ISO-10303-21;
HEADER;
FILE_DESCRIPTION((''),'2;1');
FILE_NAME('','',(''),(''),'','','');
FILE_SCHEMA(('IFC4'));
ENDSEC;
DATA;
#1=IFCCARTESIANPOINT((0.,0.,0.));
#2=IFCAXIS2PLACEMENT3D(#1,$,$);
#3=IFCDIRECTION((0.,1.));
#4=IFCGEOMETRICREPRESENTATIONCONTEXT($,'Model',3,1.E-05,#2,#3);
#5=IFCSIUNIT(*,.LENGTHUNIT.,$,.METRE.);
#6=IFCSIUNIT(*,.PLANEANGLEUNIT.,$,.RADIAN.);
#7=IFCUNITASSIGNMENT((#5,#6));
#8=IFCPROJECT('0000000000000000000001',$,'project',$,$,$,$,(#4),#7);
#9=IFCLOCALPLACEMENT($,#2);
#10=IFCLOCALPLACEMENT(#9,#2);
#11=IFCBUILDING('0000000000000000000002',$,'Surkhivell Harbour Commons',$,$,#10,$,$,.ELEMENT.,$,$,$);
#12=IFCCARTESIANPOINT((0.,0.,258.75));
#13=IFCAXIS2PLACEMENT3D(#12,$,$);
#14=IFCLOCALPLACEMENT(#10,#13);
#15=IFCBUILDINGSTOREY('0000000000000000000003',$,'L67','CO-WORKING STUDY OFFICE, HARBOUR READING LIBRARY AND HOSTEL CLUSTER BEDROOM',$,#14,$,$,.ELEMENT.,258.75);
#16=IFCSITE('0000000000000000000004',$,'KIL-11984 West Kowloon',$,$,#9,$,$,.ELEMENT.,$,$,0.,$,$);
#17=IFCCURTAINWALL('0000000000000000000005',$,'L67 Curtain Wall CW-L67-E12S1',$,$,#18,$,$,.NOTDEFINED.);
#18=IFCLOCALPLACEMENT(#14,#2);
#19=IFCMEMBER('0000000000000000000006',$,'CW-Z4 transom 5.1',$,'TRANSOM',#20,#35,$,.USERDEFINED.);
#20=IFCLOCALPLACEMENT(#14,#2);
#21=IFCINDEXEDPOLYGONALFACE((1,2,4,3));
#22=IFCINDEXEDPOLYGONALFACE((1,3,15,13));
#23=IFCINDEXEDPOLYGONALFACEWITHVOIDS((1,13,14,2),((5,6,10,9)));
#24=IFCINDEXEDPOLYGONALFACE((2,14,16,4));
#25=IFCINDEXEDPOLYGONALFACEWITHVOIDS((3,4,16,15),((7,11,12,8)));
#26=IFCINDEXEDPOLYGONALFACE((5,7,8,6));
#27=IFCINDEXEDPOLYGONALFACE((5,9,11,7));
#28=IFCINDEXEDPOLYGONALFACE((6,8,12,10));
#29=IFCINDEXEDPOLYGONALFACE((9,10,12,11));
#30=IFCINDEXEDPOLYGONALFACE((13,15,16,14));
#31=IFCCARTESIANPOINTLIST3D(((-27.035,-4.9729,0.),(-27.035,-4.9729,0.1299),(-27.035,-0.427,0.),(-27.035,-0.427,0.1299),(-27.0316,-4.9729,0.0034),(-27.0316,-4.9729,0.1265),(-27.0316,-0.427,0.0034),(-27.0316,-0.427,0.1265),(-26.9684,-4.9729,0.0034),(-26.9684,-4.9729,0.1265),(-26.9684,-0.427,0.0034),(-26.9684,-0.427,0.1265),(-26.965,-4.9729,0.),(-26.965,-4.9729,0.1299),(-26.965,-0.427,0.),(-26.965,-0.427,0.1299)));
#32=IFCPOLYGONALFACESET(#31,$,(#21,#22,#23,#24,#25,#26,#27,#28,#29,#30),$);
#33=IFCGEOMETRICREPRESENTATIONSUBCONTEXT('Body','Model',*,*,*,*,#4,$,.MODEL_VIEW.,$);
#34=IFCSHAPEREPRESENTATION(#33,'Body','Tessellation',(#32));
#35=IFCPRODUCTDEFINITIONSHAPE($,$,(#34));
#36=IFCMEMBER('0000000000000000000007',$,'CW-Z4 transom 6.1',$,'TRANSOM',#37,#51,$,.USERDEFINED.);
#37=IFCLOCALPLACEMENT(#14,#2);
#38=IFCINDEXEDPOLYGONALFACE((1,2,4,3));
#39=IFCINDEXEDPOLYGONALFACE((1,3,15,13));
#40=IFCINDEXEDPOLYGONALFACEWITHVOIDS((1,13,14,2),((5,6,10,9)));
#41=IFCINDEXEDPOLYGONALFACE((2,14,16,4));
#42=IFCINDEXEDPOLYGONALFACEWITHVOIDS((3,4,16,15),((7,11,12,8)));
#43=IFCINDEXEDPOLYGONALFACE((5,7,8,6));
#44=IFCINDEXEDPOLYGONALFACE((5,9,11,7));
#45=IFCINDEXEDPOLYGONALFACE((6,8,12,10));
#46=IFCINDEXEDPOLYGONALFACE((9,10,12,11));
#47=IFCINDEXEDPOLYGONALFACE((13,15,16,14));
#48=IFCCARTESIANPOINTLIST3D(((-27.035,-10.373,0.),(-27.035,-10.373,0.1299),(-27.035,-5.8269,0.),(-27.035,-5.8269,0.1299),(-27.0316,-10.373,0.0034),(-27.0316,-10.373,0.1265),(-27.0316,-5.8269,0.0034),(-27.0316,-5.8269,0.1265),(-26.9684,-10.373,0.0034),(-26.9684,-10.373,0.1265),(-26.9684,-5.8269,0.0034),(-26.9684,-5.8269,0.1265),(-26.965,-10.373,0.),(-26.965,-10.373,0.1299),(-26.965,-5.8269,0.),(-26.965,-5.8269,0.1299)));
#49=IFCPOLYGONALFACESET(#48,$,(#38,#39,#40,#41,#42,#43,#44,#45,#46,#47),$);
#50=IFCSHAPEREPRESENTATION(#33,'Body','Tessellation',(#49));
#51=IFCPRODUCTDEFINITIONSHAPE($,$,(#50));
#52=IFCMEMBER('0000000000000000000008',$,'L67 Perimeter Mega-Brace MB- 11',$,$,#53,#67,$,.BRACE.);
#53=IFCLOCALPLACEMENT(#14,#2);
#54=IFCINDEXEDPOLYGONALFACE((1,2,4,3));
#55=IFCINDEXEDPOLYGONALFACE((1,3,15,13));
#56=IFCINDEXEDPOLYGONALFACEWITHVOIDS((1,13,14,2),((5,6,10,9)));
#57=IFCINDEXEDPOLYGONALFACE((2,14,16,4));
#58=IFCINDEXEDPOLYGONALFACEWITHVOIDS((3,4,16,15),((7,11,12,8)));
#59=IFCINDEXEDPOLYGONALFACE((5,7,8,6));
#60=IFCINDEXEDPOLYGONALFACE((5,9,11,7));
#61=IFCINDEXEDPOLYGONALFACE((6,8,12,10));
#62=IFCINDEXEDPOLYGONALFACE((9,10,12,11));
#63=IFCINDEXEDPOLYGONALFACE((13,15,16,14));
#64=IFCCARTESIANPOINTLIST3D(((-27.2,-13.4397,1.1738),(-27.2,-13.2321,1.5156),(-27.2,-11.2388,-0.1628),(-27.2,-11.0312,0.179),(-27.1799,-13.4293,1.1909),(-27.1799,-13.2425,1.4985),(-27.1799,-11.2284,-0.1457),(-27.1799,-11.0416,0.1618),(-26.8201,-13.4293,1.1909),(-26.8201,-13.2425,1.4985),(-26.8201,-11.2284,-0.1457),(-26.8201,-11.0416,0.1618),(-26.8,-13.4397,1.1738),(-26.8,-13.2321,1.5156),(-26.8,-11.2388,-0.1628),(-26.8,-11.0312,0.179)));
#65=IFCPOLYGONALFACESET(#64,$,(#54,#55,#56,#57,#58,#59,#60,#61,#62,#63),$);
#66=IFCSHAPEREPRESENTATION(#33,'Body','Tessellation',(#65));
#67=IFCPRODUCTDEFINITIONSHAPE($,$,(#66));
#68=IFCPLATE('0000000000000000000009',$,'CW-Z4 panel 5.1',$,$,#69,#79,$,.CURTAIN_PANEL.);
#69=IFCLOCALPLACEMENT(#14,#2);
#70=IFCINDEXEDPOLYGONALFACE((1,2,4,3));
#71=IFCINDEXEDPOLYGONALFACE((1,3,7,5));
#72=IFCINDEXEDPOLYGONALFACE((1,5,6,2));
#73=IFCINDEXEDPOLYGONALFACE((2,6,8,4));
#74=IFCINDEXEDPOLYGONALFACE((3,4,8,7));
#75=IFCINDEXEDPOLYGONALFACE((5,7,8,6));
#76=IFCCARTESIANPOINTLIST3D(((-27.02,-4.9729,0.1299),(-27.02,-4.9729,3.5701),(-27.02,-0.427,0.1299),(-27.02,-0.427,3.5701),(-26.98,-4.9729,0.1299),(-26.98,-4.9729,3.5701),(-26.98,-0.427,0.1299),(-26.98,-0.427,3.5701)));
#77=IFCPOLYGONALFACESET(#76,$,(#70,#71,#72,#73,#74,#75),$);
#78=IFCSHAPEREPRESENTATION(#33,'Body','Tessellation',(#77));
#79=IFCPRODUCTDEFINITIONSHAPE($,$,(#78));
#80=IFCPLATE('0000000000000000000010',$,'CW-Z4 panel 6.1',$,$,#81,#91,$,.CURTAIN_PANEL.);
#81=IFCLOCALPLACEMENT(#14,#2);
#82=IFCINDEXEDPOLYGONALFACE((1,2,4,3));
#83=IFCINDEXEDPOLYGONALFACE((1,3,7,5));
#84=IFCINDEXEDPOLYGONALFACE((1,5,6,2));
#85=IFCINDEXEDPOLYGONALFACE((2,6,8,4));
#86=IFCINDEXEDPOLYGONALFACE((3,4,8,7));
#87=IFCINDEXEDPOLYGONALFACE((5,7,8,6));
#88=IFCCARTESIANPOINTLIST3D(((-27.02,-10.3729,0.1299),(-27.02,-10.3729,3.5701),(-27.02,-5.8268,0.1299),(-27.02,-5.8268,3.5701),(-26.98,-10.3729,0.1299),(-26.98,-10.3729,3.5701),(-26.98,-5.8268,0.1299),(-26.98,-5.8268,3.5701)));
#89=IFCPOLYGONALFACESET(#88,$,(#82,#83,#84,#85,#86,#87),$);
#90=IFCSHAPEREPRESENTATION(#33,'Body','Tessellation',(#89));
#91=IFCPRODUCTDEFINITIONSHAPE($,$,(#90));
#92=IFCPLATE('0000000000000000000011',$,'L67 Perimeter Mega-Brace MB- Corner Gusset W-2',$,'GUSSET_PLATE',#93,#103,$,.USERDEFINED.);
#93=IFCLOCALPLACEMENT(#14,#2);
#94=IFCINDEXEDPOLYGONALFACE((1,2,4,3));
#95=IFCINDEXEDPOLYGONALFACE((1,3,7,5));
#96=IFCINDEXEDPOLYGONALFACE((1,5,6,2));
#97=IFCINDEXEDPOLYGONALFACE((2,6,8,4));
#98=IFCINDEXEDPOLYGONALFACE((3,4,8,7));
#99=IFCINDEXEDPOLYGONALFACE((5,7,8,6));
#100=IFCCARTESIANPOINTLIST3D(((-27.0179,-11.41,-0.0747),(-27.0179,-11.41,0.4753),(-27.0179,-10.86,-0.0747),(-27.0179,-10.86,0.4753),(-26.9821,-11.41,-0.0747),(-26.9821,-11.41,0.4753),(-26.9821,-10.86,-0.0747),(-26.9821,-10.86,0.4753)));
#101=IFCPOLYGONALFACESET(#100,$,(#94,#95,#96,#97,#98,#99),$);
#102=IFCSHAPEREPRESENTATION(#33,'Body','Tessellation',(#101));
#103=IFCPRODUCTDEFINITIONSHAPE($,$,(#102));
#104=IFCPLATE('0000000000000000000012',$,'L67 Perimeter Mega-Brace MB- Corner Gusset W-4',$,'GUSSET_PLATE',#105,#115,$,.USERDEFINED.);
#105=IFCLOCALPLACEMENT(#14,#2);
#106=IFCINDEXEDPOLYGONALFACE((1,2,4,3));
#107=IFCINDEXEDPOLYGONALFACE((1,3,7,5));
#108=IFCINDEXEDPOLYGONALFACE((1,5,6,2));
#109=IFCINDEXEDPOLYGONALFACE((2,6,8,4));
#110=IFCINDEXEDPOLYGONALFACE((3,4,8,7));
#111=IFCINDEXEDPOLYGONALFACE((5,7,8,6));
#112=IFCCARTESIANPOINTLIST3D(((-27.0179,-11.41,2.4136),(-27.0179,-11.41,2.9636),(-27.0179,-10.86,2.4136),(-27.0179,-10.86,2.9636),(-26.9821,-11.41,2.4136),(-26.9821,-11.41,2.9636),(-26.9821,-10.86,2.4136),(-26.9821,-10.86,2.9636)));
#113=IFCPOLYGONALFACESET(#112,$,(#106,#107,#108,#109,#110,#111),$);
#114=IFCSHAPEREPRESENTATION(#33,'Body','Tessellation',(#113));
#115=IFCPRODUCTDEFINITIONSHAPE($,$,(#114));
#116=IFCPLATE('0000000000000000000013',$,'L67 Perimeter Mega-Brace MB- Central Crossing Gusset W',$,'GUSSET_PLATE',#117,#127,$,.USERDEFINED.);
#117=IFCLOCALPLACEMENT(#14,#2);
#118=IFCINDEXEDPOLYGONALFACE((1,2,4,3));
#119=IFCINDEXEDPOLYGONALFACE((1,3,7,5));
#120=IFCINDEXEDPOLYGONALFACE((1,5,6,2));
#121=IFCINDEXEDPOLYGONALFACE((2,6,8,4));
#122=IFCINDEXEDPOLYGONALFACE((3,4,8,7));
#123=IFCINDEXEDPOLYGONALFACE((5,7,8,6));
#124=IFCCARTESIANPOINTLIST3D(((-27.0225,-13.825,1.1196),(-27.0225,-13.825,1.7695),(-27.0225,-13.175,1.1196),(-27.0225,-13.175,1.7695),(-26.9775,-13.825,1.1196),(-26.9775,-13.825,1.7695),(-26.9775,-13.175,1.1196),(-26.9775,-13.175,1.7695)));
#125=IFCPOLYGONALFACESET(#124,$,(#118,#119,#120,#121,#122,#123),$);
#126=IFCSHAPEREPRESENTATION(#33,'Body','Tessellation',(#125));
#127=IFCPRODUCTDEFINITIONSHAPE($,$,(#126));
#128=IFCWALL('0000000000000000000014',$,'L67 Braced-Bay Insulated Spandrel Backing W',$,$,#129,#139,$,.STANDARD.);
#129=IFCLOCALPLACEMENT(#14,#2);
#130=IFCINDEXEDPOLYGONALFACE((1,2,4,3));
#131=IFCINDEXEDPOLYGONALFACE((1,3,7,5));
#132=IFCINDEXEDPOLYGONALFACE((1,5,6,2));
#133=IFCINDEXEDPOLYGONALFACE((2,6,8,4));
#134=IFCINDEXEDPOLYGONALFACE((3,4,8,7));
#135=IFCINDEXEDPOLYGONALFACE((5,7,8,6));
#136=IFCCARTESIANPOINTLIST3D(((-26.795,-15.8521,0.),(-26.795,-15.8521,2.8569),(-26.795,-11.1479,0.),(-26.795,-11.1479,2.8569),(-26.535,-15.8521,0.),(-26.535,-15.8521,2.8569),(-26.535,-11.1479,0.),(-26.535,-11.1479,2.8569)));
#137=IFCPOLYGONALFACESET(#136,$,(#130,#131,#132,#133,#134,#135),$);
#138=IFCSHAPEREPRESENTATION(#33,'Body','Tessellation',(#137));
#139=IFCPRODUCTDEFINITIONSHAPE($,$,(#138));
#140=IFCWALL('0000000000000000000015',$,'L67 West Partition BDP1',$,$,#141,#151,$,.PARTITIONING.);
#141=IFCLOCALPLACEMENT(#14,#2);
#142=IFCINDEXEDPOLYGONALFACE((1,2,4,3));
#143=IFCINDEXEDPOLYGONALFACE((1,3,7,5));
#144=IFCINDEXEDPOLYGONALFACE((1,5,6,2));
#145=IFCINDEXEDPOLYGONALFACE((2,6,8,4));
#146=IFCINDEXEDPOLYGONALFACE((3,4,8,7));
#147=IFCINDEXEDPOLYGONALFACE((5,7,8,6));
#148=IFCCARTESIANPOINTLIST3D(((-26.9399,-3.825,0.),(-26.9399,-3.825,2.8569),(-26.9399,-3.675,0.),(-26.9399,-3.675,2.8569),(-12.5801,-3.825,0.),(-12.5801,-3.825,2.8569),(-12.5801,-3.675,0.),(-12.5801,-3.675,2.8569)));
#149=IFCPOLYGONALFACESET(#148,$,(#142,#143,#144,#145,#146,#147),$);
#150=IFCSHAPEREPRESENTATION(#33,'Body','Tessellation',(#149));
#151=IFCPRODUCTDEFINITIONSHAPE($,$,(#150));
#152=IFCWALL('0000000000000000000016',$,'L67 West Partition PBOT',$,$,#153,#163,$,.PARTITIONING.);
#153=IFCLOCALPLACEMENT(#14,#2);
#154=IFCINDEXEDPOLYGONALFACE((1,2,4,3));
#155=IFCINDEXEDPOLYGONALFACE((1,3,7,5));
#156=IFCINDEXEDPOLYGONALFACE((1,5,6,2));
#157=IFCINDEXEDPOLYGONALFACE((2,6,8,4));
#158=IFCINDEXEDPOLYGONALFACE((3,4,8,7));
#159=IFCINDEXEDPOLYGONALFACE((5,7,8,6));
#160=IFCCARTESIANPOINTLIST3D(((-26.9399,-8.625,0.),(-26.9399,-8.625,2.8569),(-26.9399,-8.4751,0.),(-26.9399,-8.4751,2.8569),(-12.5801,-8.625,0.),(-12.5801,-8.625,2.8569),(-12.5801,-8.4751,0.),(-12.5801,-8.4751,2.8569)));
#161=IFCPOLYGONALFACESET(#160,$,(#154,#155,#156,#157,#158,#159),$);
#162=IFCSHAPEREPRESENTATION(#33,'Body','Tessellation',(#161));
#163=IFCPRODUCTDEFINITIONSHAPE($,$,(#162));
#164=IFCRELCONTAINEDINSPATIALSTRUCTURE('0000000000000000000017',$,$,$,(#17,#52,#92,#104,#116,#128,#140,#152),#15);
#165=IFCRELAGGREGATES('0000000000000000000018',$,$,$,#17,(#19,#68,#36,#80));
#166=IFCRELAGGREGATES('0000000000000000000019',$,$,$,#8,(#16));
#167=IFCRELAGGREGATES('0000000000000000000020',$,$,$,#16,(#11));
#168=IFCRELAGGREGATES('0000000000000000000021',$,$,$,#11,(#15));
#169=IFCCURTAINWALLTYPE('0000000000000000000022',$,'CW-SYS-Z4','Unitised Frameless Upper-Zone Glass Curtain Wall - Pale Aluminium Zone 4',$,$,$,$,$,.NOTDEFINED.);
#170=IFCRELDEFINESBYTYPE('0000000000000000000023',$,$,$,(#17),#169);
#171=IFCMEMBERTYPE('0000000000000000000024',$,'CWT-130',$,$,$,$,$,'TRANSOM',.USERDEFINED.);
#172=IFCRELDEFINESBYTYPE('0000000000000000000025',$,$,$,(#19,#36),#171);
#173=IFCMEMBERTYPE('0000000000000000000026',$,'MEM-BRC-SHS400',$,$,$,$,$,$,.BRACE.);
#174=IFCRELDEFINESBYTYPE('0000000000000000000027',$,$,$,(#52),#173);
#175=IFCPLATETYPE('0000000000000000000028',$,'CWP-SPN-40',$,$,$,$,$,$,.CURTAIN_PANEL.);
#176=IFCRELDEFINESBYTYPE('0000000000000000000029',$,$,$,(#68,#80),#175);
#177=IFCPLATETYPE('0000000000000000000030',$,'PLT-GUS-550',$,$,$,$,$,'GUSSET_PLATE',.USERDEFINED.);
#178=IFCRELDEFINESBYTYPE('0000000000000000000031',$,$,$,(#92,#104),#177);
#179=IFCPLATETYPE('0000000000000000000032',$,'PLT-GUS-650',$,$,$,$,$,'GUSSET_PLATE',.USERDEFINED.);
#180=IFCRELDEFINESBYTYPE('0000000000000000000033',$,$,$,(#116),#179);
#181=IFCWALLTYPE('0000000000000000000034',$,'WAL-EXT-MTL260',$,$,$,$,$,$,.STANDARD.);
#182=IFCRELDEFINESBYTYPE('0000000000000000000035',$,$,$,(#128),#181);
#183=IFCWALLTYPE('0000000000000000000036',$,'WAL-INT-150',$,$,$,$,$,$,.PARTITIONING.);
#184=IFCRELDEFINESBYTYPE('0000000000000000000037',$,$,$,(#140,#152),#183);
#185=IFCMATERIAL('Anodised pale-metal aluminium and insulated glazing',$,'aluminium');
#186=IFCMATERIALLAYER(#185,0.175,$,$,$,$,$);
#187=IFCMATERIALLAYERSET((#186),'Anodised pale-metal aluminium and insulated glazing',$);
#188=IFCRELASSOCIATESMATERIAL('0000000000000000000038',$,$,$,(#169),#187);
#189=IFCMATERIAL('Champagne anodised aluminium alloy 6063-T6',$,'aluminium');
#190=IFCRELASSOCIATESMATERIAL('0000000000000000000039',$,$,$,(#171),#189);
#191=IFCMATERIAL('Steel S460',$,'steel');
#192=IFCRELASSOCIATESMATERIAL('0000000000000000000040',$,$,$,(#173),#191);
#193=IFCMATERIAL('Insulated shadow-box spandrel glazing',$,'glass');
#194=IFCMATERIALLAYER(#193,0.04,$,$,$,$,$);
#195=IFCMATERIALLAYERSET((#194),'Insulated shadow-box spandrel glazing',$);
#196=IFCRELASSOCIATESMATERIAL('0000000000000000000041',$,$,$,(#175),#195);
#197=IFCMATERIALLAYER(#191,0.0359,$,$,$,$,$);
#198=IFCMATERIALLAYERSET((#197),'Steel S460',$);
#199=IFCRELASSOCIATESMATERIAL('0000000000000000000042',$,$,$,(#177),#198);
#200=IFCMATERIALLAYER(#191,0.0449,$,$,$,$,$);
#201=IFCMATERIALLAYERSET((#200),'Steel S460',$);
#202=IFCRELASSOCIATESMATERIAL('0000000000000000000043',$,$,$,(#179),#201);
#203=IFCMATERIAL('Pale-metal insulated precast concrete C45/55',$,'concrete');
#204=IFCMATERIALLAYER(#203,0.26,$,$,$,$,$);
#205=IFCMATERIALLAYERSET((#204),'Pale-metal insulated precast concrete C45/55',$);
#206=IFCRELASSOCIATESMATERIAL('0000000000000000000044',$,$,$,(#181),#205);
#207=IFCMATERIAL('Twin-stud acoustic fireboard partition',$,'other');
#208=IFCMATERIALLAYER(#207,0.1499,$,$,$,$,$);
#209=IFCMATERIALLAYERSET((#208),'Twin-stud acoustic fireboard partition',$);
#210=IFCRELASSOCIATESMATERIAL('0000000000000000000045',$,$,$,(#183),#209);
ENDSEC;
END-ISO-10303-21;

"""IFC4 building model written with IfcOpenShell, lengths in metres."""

from ifc_helpers import new_model, si_unit, direction, frame, frame_2d, origin, origin_2d, place, context, subcontext, project, spatial, rectangle, hollow_rectangle, extrude, material, layer, layer_set, material_profile, profile_set, type_object, element, aggregate, save


model = new_model("IFC4")

# Units and contexts
model_context = context("Model", 3, precision=1e-05, world=origin(), true_north=direction((0.0, 1.0)))
body_context = subcontext(model_context, "Body", "Model", "MODEL_VIEW")
ifc_project = project(units=[si_unit("LENGTHUNIT", "METRE"), si_unit("PLANEANGLEUNIT", "RADIAN")], contexts=[model_context])

# Site, building, storey
site_placement = place(None, origin())
site = spatial("IfcSite", under=ifc_project, at=site_placement, Name="KIL-11984 West Kowloon", CompositionType="ELEMENT", RefElevation=0.0)
building_placement = place(site_placement, origin())
building = spatial("IfcBuilding", under=site, at=building_placement, Name="Surkhivell Harbour Commons", CompositionType="ELEMENT")
storey_placement = place(building_placement, frame((0.0, 0.0, 258.75)))
storey = spatial("IfcBuildingStorey", under=building, at=storey_placement, Name="L67", Description="CO-WORKING STUDY OFFICE, HARBOUR READING LIBRARY AND HOSTEL CLUSTER BEDROOM", CompositionType="ELEMENT", Elevation=258.75)

# Curtain wall, members
ifc_material_1 = material(Name="Anodised pale-metal aluminium and insulated glazing", Category="aluminium")
ifc_layer_1 = layer(ifc_material_1, 0.175)
ifc_layer_set_1 = layer_set([ifc_layer_1], Name="Anodised pale-metal aluminium and insulated glazing")
curtain_wall_type = type_object("IfcCurtainWallType", Name="CW-SYS-Z4", Description="Unitised Frameless Upper-Zone Glass Curtain Wall - Pale Aluminium Zone 4", PredefinedType="NOTDEFINED", material=ifc_layer_set_1)
curtain_wall_placement = place(storey_placement, origin())
curtain_wall = element("IfcCurtainWall", 1, at=curtain_wall_placement, inside=storey, type_object=curtain_wall_type, Name="L67 Curtain Wall CW-L67-E12S1", PredefinedType="NOTDEFINED")
ifc_material_2 = material(Name="Champagne anodised aluminium alloy 6063-T6", Category="aluminium")
ifc_material_profile_1 = material_profile(ifc_material_2, hollow_rectangle(XDim=0.0701, YDim=0.1299, WallThickness=0.0034, at=origin_2d()), Name="ALU-TRAN-70x130")
ifc_profile_set_1 = profile_set([ifc_material_profile_1], Name="Champagne anodised aluminium alloy 6063-T6")
member_type_1 = type_object("IfcMemberType", Name="CWT-130", ElementType="TRANSOM", PredefinedType="USERDEFINED", material=ifc_profile_set_1)
member_1_placement = place(storey_placement, frame((-27.0, -0.427, 0.0649), z_axis=(0.0, -1.0, 0.0), x_axis=(1.0, 0.0, 0.0)))
member_1 = element("IfcMember", 2, at=member_1_placement, type_object=member_type_1, Name="CW-Z4 transom 5.1", ObjectType="TRANSOM", PredefinedType="USERDEFINED", context=body_context, shape_type="SweptSolid", body=[
    extrude(hollow_rectangle(XDim=0.0701, YDim=0.1299, WallThickness=0.0034, at=origin_2d()), origin(), (0.0, 0.0, 1.0), 4.5459),
])
member_2_placement = place(storey_placement, frame((-27.0, -5.8269, 0.0649), z_axis=(0.0, -1.0, 0.0), x_axis=(1.0, 0.0, 0.0)))
member_2 = element("IfcMember", 3, at=member_2_placement, type_object=member_type_1, Name="CW-Z4 transom 6.1", ObjectType="TRANSOM", PredefinedType="USERDEFINED", context=body_context, shape_type="SweptSolid", body=[
    extrude(hollow_rectangle(XDim=0.0701, YDim=0.1299, WallThickness=0.0034, at=origin_2d()), origin(), (0.0, 0.0, 1.0), 4.5461),
])

# Member
ifc_material_3 = material(Name="Steel S460", Category="steel")
ifc_material_profile_2 = material_profile(ifc_material_3, hollow_rectangle(XDim=0.3999, YDim=0.3999, WallThickness=0.02, at=origin_2d()), Name="SHS400x400x20")
ifc_profile_set_2 = profile_set([ifc_material_profile_2], Name="Steel S460")
member_type_2 = type_object("IfcMemberType", Name="MEM-BRC-SHS400", PredefinedType="BRACE", material=ifc_profile_set_2)
member_3_placement = place(storey_placement, frame((-27.0, -11.135, 0.0081), z_axis=(0.0, -0.85472, 0.519089), x_axis=(1.0, 0.0, 0.0)))
element("IfcMember", 4, at=member_3_placement, inside=storey, type_object=member_type_2, Name="L67 Perimeter Mega-Brace MB- 11", PredefinedType="BRACE", context=body_context, shape_type="SweptSolid", body=[
    extrude(hollow_rectangle(XDim=0.3999, YDim=0.3999, WallThickness=0.02, at=origin_2d()), origin(), (0.0, 0.0, 1.0), 2.575),
])

# Plates
ifc_material_4 = material(Name="Insulated shadow-box spandrel glazing", Category="glass")
ifc_layer_2 = layer(ifc_material_4, 0.04)
ifc_layer_set_2 = layer_set([ifc_layer_2], Name="Insulated shadow-box spandrel glazing")
plate_type_1 = type_object("IfcPlateType", Name="CWP-SPN-40", PredefinedType="CURTAIN_PANEL", material=ifc_layer_set_2)
plate_1_placement = place(storey_placement, frame((-27.0, -0.427, 0.1299), z_axis=(0.0, 0.0, 1.0), x_axis=(0.0, -1.0, 0.0)))
plate_1 = element("IfcPlate", 5, at=plate_1_placement, type_object=plate_type_1, Name="CW-Z4 panel 5.1", PredefinedType="CURTAIN_PANEL", context=body_context, shape_type="SweptSolid", body=[
    extrude(rectangle(XDim=4.5459, YDim=0.04, at=frame_2d((2.2729, 0.0))), origin(), (0.0, 0.0, 1.0), 3.4402),
])
plate_2_placement = place(storey_placement, frame((-27.0, -5.8269, 0.1299), z_axis=(0.0, 0.0, 1.0), x_axis=(0.0, -1.0, 0.0)))
plate_2 = element("IfcPlate", 6, at=plate_2_placement, type_object=plate_type_1, Name="CW-Z4 panel 6.1", PredefinedType="CURTAIN_PANEL", context=body_context, shape_type="SweptSolid", body=[
    extrude(rectangle(XDim=4.5461, YDim=0.04, at=frame_2d((2.2729, 0.0))), origin(), (0.0, 0.0, 1.0), 3.4402),
])
aggregate(curtain_wall, [member_1, plate_1, member_2, plate_2])

# Plates
ifc_layer_3 = layer(ifc_material_3, 0.0359)
ifc_layer_set_3 = layer_set([ifc_layer_3], Name="Steel S460")
plate_type_2 = type_object("IfcPlateType", Name="PLT-GUS-550", ElementType="GUSSET_PLATE", PredefinedType="USERDEFINED", material=ifc_layer_set_3)
for number, where, z_axis, x_axis, name in (
    (7, (-27.0, -11.135, -0.0747), (0.0, 0.0, 1.0), (0.0, 1.0, 0.0), "L67 Perimeter Mega-Brace MB- Corner Gusset W-2"),
    (8, (-27.0, -11.135, 2.4136), (0.0, 0.0, 1.0), (0.0, 1.0, 0.0), "L67 Perimeter Mega-Brace MB- Corner Gusset W-4"),
):
    element("IfcPlate", number, at=place(storey_placement, frame(where, z_axis=z_axis, x_axis=x_axis)), inside=storey, type_object=plate_type_2, Name=name, ObjectType="GUSSET_PLATE", PredefinedType="USERDEFINED", context=body_context, shape_type="SweptSolid", body=[
        extrude(rectangle(XDim=0.55, YDim=0.0359, at=origin_2d()), origin(), (0.0, 0.0, 1.0), 0.55),
    ])
ifc_layer_4 = layer(ifc_material_3, 0.0449)
ifc_layer_set_4 = layer_set([ifc_layer_4], Name="Steel S460")
plate_type_3 = type_object("IfcPlateType", Name="PLT-GUS-650", ElementType="GUSSET_PLATE", PredefinedType="USERDEFINED", material=ifc_layer_set_4)
plate_3_placement = place(storey_placement, frame((-27.0, -13.5, 1.1196), z_axis=(0.0, 0.0, 1.0), x_axis=(0.0, 1.0, 0.0)))
element("IfcPlate", 9, at=plate_3_placement, inside=storey, type_object=plate_type_3, Name="L67 Perimeter Mega-Brace MB- Central Crossing Gusset W", ObjectType="GUSSET_PLATE", PredefinedType="USERDEFINED", context=body_context, shape_type="SweptSolid", body=[
    extrude(rectangle(XDim=0.6499, YDim=0.0449, at=origin_2d()), origin(), (0.0, 0.0, 1.0), 0.6499),
])

# Walls
ifc_material_5 = material(Name="Pale-metal insulated precast concrete C45/55", Category="concrete")
ifc_layer_5 = layer(ifc_material_5, 0.26)
ifc_layer_set_5 = layer_set([ifc_layer_5], Name="Pale-metal insulated precast concrete C45/55")
wall_type_1 = type_object("IfcWallType", Name="WAL-EXT-MTL260", PredefinedType="STANDARD", material=ifc_layer_set_5)
wall_placement = place(storey_placement, frame((-26.665, -11.1479, 0.0), z_axis=(0.0, 0.0, 1.0), x_axis=(0.0, -1.0, 0.0)))
element("IfcWall", 10, at=wall_placement, inside=storey, type_object=wall_type_1, Name="L67 Braced-Bay Insulated Spandrel Backing W", PredefinedType="STANDARD", context=body_context, shape_type="SweptSolid", body=[
    extrude(rectangle(XDim=4.7041, YDim=0.26, at=frame_2d((2.3521, 0.0))), origin(), (0.0, 0.0, 1.0), 2.8569),
])
ifc_material_6 = material(Name="Twin-stud acoustic fireboard partition", Category="other")
ifc_layer_6 = layer(ifc_material_6, 0.1499)
ifc_layer_set_6 = layer_set([ifc_layer_6], Name="Twin-stud acoustic fireboard partition")
wall_type_2 = type_object("IfcWallType", Name="WAL-INT-150", PredefinedType="PARTITIONING", material=ifc_layer_set_6)
for number, where, z_axis, x_axis, name in (
    (11, (-26.9399, -3.75, 0.0), (0.0, 0.0, 1.0), (1.0, 0.0, 0.0), "L67 West Partition BDP1"),
    (12, (-26.9399, -8.55, 0.0), (0.0, 0.0, 1.0), (1.0, 0.0, 0.0), "L67 West Partition PBOT"),
):
    element("IfcWall", number, at=place(storey_placement, frame(where, z_axis=z_axis, x_axis=x_axis)), inside=storey, type_object=wall_type_2, Name=name, PredefinedType="PARTITIONING", context=body_context, shape_type="SweptSolid", body=[
        extrude(rectangle(XDim=14.3599, YDim=0.1499, at=frame_2d((7.1799, 0.0))), origin(), (0.0, 0.0, 1.0), 2.8569),
    ])

save(model, "model.ifc")
